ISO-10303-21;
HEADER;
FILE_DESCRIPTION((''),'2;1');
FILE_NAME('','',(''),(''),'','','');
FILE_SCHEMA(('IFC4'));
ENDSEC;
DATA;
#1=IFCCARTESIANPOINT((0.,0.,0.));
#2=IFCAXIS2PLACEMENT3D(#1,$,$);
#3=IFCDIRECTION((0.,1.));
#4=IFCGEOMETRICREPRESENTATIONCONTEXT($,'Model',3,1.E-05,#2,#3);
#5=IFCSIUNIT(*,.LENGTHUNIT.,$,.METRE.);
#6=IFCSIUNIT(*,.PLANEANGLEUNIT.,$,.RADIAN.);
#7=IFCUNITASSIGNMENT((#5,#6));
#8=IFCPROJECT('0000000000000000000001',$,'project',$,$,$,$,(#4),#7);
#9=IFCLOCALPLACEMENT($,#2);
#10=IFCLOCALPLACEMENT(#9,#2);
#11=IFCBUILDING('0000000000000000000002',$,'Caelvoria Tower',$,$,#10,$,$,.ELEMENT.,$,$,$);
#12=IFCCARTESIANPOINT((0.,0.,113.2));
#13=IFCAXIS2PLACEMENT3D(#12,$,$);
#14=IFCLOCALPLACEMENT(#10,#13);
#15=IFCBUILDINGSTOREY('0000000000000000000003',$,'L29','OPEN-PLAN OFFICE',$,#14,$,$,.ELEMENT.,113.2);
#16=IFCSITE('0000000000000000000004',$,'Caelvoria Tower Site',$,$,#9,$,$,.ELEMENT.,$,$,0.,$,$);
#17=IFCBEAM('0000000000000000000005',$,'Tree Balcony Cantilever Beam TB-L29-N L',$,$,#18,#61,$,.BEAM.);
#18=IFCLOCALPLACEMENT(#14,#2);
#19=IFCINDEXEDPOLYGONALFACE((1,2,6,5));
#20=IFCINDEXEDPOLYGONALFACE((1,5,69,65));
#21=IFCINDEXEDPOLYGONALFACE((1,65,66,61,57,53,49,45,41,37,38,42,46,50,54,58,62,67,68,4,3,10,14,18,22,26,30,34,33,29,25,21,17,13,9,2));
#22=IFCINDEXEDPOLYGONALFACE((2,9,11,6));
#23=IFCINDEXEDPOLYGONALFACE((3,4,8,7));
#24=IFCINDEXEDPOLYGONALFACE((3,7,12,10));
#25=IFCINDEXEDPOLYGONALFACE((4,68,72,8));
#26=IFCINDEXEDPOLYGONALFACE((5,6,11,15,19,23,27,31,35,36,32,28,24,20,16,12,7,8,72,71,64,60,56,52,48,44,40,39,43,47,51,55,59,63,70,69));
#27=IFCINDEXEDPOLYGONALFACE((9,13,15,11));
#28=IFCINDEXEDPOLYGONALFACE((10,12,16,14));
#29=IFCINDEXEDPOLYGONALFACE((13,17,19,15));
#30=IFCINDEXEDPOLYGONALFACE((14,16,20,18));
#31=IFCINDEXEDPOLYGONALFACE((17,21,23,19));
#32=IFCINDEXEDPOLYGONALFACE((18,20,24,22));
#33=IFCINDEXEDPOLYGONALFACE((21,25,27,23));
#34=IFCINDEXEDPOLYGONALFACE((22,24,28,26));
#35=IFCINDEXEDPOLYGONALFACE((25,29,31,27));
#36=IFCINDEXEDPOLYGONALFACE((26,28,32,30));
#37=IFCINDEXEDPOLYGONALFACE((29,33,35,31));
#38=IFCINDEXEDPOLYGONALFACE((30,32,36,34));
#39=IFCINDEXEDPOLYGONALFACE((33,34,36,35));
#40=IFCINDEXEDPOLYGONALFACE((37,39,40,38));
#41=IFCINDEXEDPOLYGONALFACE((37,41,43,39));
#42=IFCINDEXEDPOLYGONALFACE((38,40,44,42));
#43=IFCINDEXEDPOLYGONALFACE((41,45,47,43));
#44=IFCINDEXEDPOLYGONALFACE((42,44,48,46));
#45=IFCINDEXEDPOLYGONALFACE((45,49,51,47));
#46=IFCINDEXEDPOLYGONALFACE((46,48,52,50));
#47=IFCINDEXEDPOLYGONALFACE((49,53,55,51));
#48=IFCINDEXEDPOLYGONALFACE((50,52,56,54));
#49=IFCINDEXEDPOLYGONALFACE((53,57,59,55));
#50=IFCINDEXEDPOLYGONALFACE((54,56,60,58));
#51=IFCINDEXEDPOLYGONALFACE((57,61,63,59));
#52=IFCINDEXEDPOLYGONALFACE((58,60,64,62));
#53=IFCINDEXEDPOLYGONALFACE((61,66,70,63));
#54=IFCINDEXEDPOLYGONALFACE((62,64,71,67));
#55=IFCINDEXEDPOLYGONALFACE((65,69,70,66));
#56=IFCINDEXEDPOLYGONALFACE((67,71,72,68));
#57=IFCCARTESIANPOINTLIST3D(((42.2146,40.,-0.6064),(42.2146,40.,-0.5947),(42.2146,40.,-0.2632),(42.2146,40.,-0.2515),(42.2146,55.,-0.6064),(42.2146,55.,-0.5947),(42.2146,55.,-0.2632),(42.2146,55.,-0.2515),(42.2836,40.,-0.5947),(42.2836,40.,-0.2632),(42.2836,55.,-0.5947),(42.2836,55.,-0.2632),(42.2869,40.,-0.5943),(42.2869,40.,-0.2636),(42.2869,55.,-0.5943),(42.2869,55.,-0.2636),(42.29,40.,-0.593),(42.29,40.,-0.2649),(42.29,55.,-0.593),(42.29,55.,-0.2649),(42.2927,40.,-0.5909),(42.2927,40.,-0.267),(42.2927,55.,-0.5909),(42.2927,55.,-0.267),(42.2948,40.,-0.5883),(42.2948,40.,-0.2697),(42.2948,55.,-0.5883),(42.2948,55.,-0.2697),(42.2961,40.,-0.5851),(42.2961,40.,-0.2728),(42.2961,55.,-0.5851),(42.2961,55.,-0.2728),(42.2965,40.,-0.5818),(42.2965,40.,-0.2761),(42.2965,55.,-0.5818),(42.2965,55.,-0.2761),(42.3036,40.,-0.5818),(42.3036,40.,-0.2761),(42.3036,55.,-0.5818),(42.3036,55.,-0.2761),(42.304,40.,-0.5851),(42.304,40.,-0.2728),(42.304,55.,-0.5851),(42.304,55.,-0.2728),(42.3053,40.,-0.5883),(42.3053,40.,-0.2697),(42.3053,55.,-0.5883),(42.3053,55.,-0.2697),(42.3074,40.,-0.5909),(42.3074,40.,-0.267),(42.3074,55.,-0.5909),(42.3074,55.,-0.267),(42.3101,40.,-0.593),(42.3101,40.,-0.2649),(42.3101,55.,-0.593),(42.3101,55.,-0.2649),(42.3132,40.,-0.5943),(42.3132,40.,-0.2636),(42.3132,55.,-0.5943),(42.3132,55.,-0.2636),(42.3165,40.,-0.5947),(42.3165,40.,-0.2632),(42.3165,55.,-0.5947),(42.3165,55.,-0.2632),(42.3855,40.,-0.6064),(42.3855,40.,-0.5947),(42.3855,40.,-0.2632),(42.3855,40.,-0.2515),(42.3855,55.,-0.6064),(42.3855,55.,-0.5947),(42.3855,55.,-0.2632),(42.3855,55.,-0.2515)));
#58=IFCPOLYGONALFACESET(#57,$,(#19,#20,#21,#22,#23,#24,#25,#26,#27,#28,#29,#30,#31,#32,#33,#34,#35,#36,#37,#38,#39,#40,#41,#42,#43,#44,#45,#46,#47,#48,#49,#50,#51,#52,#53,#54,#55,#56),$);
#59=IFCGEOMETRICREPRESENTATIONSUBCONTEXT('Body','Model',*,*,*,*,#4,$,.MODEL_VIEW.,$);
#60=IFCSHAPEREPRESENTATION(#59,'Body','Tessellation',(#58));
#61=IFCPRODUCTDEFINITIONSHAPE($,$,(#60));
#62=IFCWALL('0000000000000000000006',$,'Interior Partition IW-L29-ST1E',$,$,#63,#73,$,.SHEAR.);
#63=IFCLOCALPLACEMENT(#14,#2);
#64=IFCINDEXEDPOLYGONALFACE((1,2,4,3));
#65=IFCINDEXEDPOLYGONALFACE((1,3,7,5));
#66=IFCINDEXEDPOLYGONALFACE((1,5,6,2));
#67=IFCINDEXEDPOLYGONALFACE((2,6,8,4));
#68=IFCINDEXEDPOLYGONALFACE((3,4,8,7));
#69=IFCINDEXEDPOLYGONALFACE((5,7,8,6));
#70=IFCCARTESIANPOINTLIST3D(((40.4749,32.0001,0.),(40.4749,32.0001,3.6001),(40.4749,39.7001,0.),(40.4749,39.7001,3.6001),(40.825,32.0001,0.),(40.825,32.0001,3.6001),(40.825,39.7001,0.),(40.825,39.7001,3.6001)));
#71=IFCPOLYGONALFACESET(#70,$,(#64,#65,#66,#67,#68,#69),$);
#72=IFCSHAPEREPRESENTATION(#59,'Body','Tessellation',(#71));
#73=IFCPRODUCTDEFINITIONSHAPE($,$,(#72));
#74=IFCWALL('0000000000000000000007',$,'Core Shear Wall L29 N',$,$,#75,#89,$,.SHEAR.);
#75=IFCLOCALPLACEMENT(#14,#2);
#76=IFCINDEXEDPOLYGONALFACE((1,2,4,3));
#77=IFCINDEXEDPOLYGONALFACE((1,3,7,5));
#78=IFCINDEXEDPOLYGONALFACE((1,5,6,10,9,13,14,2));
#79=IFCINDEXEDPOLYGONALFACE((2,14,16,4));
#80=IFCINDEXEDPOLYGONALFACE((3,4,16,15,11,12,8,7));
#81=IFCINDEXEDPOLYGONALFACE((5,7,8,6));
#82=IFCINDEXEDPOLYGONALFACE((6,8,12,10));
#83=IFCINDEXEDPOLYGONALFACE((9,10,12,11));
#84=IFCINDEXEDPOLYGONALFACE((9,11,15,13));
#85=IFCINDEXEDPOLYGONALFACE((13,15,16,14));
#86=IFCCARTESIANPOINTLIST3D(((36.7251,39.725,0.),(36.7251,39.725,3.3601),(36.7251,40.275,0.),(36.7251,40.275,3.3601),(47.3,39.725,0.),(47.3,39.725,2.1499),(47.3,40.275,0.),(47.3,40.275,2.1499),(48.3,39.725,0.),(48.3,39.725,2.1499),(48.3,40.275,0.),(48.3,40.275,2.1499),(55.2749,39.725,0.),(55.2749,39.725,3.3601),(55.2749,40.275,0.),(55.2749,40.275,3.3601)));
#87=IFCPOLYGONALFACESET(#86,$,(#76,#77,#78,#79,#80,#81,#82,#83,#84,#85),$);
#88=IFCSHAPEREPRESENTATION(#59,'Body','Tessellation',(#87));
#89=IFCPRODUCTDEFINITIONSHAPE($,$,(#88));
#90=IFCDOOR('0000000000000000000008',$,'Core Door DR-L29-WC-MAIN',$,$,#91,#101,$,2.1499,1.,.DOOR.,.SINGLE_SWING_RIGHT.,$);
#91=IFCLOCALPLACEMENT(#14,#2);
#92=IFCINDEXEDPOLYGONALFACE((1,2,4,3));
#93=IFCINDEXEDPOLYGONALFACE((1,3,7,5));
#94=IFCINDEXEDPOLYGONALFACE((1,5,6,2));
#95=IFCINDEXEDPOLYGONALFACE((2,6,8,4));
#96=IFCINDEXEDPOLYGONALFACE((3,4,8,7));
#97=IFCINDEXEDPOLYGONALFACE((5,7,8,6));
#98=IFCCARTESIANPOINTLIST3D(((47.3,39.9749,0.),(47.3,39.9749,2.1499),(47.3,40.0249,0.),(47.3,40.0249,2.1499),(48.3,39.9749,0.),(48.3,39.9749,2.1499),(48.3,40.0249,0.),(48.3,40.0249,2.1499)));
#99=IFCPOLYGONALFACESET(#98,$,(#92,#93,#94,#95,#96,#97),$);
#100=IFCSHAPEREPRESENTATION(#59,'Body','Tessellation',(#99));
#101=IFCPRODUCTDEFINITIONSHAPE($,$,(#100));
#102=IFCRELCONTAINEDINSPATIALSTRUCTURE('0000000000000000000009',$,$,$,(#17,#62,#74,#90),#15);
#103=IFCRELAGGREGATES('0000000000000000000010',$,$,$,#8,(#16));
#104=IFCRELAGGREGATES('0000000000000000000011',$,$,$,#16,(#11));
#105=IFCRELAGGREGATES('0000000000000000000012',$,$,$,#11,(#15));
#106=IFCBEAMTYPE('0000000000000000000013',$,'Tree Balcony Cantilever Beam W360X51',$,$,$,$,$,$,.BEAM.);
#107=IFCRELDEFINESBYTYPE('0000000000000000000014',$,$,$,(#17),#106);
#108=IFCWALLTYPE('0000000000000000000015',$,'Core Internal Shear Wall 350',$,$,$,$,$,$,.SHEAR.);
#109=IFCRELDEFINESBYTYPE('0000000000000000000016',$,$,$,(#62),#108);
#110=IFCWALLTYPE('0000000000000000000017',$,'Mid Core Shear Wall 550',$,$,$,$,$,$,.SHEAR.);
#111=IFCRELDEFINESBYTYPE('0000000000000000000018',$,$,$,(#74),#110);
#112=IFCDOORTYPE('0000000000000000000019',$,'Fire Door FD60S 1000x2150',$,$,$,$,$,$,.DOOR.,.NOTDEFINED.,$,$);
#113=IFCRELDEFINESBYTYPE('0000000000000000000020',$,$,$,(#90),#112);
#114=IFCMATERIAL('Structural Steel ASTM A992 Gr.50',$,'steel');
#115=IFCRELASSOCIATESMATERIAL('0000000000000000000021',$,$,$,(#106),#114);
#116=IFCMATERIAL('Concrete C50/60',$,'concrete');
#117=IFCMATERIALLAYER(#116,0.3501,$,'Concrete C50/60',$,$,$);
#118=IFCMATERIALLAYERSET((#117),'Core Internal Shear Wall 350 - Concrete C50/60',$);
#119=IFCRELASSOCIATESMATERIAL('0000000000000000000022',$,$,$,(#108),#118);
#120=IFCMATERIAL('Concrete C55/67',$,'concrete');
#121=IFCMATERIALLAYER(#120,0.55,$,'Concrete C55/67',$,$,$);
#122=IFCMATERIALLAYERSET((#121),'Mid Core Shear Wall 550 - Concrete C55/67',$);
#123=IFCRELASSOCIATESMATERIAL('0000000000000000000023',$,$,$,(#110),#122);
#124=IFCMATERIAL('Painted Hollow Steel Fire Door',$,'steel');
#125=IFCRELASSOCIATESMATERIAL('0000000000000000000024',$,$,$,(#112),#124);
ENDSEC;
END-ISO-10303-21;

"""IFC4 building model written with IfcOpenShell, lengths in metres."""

from ifc_helpers import new_model, si_unit, direction, frame, frame_2d, origin, origin_2d, place, context, subcontext, project, spatial, rectangle, i_section, extrude, material, layer, layer_set, material_profile, profile_set, type_object, element, fill, save


model = new_model("IFC4")

# Units and contexts
model_context = context("Model", 3, precision=1e-05, world=origin(), true_north=direction((0.0, 1.0)))
body_context = subcontext(model_context, "Body", "Model", "MODEL_VIEW")
ifc_project = project(units=[si_unit("LENGTHUNIT", "METRE"), si_unit("PLANEANGLEUNIT", "RADIAN")], contexts=[model_context])

# Site, building, storey
site_placement = place(None, origin())
site = spatial("IfcSite", under=ifc_project, at=site_placement, Name="Caelvoria Tower Site", CompositionType="ELEMENT", RefElevation=0.0)
building_placement = place(site_placement, origin())
building = spatial("IfcBuilding", under=site, at=building_placement, Name="Caelvoria Tower", CompositionType="ELEMENT")
storey_placement = place(building_placement, frame((0.0, 0.0, 113.2)))
storey = spatial("IfcBuildingStorey", under=building, at=storey_placement, Name="L29", Description="OPEN-PLAN OFFICE", CompositionType="ELEMENT", Elevation=113.2)

# Beam
ifc_material_1 = material(Name="Structural Steel ASTM A992 Gr.50", Category="steel")
ifc_material_profile_1 = material_profile(ifc_material_1, i_section(OverallWidth=0.1709, OverallDepth=0.355, WebThickness=0.0071, FlangeThickness=0.0117, FilletRadius=0.0129, at=origin_2d()), Name="Structural Steel ASTM A992 Gr.50")
ifc_profile_set_1 = profile_set([ifc_material_profile_1], Name="W360X51 - Structural Steel ASTM A992 Gr.50")
beam_type_1 = type_object("IfcBeamType", Name="Tree Balcony Cantilever Beam W360X51", PredefinedType="BEAM", material=ifc_profile_set_1)
beam_1_placement = place(storey_placement, frame((42.3, 40.0, -0.429), z_axis=(0.0, 1.0, 0.0), x_axis=(-1.0, 0.0, 0.0)))
element("IfcBeam", 1, at=beam_1_placement, inside=storey, type_object=beam_type_1, Name="Tree Balcony Cantilever Beam TB-L29-N L", PredefinedType="BEAM", context=body_context, shape_type="SweptSolid", body=[
    extrude(i_section(OverallWidth=0.1709, OverallDepth=0.355, WebThickness=0.0071, FlangeThickness=0.0117, FilletRadius=0.0129, at=origin_2d()), origin(), (0.0, 0.0, 1.0), 15.0),
])

# Wall
ifc_material_2 = material(Name="Concrete C50/60", Category="concrete")
ifc_layer_1 = layer(ifc_material_2, 0.3501, Name="Concrete C50/60")
ifc_layer_set_1 = layer_set([ifc_layer_1], Name="Core Internal Shear Wall 350 - Concrete C50/60")
wall_type_1 = type_object("IfcWallType", Name="Core Internal Shear Wall 350", PredefinedType="SHEAR", material=ifc_layer_set_1)
wall_1_placement = place(storey_placement, frame((40.6499, 32.0, 0.0), z_axis=(0.0, 0.0, 1.0), x_axis=(0.0, 1.0, 0.0)))
element("IfcWall", 2, at=wall_1_placement, inside=storey, type_object=wall_type_1, Name="Interior Partition IW-L29-ST1E", PredefinedType="SHEAR", context=body_context, shape_type="SweptSolid", body=[
    extrude(rectangle(XDim=7.7, YDim=0.3501, at=frame_2d((3.8501, 0.0))), origin(), (0.0, 0.0, 1.0), 3.6001),
])

# Wall, opening, door
ifc_material_3 = material(Name="Concrete C55/67", Category="concrete")
ifc_layer_2 = layer(ifc_material_3, 0.55, Name="Concrete C55/67")
ifc_layer_set_2 = layer_set([ifc_layer_2], Name="Mid Core Shear Wall 550 - Concrete C55/67")
wall_type_2 = type_object("IfcWallType", Name="Mid Core Shear Wall 550", PredefinedType="SHEAR", material=ifc_layer_set_2)
wall_2_placement = place(storey_placement, frame((36.7251, 40.0, 0.0), z_axis=(0.0, 0.0, 1.0), x_axis=(1.0, 0.0, 0.0)))
wall_2 = element("IfcWall", 3, at=wall_2_placement, inside=storey, type_object=wall_type_2, Name="Core Shear Wall L29 N", PredefinedType="SHEAR", context=body_context, shape_type="SweptSolid", body=[
    extrude(rectangle(XDim=18.5498, YDim=0.55, at=frame_2d((9.2749, 0.0))), origin(), (0.0, 0.0, 1.0), 3.3601),
])
opening_1_placement = place(wall_2_placement, frame((10.575, 0.0, 0.0)))
opening_1 = element("IfcOpeningElement", 4, at=opening_1_placement, cuts=wall_2, PredefinedType="OPENING", context=body_context, shape_type="SweptSolid", body=[
    extrude(rectangle(XDim=1.0, YDim=2.1499, at=frame_2d((0.5, 1.075))), frame((0.0, 0.2849, 0.0), z_axis=(0.0, -1.0, 0.0), x_axis=(1.0, 0.0, 0.0)), (0.0, 0.0, 1.0), 0.5701),
])
ifc_material_4 = material(Name="Painted Hollow Steel Fire Door", Category="steel")
door_type_1 = type_object("IfcDoorType", Name="Fire Door FD60S 1000x2150", OperationType="NOTDEFINED", PredefinedType="DOOR", material=ifc_material_4)
door_1_placement = place(opening_1_placement, origin())
door_1 = element("IfcDoor", 5, at=door_1_placement, inside=storey, type_object=door_type_1, Name="Core Door DR-L29-WC-MAIN", OperationType="SINGLE_SWING_RIGHT", OverallHeight=2.1499, OverallWidth=1.0, PredefinedType="DOOR", context=body_context, shape_type="SweptSolid", body=[
    extrude(rectangle(XDim=1.0, YDim=2.1499, at=frame_2d((0.5, 1.075))), frame((0.0, 0.0249, 0.0), z_axis=(0.0, -1.0, 0.0), x_axis=(1.0, 0.0, 0.0)), (0.0, 0.0, 1.0), 0.05),
])
fill(opening_1, door_1)

save(model, "model.ifc")
